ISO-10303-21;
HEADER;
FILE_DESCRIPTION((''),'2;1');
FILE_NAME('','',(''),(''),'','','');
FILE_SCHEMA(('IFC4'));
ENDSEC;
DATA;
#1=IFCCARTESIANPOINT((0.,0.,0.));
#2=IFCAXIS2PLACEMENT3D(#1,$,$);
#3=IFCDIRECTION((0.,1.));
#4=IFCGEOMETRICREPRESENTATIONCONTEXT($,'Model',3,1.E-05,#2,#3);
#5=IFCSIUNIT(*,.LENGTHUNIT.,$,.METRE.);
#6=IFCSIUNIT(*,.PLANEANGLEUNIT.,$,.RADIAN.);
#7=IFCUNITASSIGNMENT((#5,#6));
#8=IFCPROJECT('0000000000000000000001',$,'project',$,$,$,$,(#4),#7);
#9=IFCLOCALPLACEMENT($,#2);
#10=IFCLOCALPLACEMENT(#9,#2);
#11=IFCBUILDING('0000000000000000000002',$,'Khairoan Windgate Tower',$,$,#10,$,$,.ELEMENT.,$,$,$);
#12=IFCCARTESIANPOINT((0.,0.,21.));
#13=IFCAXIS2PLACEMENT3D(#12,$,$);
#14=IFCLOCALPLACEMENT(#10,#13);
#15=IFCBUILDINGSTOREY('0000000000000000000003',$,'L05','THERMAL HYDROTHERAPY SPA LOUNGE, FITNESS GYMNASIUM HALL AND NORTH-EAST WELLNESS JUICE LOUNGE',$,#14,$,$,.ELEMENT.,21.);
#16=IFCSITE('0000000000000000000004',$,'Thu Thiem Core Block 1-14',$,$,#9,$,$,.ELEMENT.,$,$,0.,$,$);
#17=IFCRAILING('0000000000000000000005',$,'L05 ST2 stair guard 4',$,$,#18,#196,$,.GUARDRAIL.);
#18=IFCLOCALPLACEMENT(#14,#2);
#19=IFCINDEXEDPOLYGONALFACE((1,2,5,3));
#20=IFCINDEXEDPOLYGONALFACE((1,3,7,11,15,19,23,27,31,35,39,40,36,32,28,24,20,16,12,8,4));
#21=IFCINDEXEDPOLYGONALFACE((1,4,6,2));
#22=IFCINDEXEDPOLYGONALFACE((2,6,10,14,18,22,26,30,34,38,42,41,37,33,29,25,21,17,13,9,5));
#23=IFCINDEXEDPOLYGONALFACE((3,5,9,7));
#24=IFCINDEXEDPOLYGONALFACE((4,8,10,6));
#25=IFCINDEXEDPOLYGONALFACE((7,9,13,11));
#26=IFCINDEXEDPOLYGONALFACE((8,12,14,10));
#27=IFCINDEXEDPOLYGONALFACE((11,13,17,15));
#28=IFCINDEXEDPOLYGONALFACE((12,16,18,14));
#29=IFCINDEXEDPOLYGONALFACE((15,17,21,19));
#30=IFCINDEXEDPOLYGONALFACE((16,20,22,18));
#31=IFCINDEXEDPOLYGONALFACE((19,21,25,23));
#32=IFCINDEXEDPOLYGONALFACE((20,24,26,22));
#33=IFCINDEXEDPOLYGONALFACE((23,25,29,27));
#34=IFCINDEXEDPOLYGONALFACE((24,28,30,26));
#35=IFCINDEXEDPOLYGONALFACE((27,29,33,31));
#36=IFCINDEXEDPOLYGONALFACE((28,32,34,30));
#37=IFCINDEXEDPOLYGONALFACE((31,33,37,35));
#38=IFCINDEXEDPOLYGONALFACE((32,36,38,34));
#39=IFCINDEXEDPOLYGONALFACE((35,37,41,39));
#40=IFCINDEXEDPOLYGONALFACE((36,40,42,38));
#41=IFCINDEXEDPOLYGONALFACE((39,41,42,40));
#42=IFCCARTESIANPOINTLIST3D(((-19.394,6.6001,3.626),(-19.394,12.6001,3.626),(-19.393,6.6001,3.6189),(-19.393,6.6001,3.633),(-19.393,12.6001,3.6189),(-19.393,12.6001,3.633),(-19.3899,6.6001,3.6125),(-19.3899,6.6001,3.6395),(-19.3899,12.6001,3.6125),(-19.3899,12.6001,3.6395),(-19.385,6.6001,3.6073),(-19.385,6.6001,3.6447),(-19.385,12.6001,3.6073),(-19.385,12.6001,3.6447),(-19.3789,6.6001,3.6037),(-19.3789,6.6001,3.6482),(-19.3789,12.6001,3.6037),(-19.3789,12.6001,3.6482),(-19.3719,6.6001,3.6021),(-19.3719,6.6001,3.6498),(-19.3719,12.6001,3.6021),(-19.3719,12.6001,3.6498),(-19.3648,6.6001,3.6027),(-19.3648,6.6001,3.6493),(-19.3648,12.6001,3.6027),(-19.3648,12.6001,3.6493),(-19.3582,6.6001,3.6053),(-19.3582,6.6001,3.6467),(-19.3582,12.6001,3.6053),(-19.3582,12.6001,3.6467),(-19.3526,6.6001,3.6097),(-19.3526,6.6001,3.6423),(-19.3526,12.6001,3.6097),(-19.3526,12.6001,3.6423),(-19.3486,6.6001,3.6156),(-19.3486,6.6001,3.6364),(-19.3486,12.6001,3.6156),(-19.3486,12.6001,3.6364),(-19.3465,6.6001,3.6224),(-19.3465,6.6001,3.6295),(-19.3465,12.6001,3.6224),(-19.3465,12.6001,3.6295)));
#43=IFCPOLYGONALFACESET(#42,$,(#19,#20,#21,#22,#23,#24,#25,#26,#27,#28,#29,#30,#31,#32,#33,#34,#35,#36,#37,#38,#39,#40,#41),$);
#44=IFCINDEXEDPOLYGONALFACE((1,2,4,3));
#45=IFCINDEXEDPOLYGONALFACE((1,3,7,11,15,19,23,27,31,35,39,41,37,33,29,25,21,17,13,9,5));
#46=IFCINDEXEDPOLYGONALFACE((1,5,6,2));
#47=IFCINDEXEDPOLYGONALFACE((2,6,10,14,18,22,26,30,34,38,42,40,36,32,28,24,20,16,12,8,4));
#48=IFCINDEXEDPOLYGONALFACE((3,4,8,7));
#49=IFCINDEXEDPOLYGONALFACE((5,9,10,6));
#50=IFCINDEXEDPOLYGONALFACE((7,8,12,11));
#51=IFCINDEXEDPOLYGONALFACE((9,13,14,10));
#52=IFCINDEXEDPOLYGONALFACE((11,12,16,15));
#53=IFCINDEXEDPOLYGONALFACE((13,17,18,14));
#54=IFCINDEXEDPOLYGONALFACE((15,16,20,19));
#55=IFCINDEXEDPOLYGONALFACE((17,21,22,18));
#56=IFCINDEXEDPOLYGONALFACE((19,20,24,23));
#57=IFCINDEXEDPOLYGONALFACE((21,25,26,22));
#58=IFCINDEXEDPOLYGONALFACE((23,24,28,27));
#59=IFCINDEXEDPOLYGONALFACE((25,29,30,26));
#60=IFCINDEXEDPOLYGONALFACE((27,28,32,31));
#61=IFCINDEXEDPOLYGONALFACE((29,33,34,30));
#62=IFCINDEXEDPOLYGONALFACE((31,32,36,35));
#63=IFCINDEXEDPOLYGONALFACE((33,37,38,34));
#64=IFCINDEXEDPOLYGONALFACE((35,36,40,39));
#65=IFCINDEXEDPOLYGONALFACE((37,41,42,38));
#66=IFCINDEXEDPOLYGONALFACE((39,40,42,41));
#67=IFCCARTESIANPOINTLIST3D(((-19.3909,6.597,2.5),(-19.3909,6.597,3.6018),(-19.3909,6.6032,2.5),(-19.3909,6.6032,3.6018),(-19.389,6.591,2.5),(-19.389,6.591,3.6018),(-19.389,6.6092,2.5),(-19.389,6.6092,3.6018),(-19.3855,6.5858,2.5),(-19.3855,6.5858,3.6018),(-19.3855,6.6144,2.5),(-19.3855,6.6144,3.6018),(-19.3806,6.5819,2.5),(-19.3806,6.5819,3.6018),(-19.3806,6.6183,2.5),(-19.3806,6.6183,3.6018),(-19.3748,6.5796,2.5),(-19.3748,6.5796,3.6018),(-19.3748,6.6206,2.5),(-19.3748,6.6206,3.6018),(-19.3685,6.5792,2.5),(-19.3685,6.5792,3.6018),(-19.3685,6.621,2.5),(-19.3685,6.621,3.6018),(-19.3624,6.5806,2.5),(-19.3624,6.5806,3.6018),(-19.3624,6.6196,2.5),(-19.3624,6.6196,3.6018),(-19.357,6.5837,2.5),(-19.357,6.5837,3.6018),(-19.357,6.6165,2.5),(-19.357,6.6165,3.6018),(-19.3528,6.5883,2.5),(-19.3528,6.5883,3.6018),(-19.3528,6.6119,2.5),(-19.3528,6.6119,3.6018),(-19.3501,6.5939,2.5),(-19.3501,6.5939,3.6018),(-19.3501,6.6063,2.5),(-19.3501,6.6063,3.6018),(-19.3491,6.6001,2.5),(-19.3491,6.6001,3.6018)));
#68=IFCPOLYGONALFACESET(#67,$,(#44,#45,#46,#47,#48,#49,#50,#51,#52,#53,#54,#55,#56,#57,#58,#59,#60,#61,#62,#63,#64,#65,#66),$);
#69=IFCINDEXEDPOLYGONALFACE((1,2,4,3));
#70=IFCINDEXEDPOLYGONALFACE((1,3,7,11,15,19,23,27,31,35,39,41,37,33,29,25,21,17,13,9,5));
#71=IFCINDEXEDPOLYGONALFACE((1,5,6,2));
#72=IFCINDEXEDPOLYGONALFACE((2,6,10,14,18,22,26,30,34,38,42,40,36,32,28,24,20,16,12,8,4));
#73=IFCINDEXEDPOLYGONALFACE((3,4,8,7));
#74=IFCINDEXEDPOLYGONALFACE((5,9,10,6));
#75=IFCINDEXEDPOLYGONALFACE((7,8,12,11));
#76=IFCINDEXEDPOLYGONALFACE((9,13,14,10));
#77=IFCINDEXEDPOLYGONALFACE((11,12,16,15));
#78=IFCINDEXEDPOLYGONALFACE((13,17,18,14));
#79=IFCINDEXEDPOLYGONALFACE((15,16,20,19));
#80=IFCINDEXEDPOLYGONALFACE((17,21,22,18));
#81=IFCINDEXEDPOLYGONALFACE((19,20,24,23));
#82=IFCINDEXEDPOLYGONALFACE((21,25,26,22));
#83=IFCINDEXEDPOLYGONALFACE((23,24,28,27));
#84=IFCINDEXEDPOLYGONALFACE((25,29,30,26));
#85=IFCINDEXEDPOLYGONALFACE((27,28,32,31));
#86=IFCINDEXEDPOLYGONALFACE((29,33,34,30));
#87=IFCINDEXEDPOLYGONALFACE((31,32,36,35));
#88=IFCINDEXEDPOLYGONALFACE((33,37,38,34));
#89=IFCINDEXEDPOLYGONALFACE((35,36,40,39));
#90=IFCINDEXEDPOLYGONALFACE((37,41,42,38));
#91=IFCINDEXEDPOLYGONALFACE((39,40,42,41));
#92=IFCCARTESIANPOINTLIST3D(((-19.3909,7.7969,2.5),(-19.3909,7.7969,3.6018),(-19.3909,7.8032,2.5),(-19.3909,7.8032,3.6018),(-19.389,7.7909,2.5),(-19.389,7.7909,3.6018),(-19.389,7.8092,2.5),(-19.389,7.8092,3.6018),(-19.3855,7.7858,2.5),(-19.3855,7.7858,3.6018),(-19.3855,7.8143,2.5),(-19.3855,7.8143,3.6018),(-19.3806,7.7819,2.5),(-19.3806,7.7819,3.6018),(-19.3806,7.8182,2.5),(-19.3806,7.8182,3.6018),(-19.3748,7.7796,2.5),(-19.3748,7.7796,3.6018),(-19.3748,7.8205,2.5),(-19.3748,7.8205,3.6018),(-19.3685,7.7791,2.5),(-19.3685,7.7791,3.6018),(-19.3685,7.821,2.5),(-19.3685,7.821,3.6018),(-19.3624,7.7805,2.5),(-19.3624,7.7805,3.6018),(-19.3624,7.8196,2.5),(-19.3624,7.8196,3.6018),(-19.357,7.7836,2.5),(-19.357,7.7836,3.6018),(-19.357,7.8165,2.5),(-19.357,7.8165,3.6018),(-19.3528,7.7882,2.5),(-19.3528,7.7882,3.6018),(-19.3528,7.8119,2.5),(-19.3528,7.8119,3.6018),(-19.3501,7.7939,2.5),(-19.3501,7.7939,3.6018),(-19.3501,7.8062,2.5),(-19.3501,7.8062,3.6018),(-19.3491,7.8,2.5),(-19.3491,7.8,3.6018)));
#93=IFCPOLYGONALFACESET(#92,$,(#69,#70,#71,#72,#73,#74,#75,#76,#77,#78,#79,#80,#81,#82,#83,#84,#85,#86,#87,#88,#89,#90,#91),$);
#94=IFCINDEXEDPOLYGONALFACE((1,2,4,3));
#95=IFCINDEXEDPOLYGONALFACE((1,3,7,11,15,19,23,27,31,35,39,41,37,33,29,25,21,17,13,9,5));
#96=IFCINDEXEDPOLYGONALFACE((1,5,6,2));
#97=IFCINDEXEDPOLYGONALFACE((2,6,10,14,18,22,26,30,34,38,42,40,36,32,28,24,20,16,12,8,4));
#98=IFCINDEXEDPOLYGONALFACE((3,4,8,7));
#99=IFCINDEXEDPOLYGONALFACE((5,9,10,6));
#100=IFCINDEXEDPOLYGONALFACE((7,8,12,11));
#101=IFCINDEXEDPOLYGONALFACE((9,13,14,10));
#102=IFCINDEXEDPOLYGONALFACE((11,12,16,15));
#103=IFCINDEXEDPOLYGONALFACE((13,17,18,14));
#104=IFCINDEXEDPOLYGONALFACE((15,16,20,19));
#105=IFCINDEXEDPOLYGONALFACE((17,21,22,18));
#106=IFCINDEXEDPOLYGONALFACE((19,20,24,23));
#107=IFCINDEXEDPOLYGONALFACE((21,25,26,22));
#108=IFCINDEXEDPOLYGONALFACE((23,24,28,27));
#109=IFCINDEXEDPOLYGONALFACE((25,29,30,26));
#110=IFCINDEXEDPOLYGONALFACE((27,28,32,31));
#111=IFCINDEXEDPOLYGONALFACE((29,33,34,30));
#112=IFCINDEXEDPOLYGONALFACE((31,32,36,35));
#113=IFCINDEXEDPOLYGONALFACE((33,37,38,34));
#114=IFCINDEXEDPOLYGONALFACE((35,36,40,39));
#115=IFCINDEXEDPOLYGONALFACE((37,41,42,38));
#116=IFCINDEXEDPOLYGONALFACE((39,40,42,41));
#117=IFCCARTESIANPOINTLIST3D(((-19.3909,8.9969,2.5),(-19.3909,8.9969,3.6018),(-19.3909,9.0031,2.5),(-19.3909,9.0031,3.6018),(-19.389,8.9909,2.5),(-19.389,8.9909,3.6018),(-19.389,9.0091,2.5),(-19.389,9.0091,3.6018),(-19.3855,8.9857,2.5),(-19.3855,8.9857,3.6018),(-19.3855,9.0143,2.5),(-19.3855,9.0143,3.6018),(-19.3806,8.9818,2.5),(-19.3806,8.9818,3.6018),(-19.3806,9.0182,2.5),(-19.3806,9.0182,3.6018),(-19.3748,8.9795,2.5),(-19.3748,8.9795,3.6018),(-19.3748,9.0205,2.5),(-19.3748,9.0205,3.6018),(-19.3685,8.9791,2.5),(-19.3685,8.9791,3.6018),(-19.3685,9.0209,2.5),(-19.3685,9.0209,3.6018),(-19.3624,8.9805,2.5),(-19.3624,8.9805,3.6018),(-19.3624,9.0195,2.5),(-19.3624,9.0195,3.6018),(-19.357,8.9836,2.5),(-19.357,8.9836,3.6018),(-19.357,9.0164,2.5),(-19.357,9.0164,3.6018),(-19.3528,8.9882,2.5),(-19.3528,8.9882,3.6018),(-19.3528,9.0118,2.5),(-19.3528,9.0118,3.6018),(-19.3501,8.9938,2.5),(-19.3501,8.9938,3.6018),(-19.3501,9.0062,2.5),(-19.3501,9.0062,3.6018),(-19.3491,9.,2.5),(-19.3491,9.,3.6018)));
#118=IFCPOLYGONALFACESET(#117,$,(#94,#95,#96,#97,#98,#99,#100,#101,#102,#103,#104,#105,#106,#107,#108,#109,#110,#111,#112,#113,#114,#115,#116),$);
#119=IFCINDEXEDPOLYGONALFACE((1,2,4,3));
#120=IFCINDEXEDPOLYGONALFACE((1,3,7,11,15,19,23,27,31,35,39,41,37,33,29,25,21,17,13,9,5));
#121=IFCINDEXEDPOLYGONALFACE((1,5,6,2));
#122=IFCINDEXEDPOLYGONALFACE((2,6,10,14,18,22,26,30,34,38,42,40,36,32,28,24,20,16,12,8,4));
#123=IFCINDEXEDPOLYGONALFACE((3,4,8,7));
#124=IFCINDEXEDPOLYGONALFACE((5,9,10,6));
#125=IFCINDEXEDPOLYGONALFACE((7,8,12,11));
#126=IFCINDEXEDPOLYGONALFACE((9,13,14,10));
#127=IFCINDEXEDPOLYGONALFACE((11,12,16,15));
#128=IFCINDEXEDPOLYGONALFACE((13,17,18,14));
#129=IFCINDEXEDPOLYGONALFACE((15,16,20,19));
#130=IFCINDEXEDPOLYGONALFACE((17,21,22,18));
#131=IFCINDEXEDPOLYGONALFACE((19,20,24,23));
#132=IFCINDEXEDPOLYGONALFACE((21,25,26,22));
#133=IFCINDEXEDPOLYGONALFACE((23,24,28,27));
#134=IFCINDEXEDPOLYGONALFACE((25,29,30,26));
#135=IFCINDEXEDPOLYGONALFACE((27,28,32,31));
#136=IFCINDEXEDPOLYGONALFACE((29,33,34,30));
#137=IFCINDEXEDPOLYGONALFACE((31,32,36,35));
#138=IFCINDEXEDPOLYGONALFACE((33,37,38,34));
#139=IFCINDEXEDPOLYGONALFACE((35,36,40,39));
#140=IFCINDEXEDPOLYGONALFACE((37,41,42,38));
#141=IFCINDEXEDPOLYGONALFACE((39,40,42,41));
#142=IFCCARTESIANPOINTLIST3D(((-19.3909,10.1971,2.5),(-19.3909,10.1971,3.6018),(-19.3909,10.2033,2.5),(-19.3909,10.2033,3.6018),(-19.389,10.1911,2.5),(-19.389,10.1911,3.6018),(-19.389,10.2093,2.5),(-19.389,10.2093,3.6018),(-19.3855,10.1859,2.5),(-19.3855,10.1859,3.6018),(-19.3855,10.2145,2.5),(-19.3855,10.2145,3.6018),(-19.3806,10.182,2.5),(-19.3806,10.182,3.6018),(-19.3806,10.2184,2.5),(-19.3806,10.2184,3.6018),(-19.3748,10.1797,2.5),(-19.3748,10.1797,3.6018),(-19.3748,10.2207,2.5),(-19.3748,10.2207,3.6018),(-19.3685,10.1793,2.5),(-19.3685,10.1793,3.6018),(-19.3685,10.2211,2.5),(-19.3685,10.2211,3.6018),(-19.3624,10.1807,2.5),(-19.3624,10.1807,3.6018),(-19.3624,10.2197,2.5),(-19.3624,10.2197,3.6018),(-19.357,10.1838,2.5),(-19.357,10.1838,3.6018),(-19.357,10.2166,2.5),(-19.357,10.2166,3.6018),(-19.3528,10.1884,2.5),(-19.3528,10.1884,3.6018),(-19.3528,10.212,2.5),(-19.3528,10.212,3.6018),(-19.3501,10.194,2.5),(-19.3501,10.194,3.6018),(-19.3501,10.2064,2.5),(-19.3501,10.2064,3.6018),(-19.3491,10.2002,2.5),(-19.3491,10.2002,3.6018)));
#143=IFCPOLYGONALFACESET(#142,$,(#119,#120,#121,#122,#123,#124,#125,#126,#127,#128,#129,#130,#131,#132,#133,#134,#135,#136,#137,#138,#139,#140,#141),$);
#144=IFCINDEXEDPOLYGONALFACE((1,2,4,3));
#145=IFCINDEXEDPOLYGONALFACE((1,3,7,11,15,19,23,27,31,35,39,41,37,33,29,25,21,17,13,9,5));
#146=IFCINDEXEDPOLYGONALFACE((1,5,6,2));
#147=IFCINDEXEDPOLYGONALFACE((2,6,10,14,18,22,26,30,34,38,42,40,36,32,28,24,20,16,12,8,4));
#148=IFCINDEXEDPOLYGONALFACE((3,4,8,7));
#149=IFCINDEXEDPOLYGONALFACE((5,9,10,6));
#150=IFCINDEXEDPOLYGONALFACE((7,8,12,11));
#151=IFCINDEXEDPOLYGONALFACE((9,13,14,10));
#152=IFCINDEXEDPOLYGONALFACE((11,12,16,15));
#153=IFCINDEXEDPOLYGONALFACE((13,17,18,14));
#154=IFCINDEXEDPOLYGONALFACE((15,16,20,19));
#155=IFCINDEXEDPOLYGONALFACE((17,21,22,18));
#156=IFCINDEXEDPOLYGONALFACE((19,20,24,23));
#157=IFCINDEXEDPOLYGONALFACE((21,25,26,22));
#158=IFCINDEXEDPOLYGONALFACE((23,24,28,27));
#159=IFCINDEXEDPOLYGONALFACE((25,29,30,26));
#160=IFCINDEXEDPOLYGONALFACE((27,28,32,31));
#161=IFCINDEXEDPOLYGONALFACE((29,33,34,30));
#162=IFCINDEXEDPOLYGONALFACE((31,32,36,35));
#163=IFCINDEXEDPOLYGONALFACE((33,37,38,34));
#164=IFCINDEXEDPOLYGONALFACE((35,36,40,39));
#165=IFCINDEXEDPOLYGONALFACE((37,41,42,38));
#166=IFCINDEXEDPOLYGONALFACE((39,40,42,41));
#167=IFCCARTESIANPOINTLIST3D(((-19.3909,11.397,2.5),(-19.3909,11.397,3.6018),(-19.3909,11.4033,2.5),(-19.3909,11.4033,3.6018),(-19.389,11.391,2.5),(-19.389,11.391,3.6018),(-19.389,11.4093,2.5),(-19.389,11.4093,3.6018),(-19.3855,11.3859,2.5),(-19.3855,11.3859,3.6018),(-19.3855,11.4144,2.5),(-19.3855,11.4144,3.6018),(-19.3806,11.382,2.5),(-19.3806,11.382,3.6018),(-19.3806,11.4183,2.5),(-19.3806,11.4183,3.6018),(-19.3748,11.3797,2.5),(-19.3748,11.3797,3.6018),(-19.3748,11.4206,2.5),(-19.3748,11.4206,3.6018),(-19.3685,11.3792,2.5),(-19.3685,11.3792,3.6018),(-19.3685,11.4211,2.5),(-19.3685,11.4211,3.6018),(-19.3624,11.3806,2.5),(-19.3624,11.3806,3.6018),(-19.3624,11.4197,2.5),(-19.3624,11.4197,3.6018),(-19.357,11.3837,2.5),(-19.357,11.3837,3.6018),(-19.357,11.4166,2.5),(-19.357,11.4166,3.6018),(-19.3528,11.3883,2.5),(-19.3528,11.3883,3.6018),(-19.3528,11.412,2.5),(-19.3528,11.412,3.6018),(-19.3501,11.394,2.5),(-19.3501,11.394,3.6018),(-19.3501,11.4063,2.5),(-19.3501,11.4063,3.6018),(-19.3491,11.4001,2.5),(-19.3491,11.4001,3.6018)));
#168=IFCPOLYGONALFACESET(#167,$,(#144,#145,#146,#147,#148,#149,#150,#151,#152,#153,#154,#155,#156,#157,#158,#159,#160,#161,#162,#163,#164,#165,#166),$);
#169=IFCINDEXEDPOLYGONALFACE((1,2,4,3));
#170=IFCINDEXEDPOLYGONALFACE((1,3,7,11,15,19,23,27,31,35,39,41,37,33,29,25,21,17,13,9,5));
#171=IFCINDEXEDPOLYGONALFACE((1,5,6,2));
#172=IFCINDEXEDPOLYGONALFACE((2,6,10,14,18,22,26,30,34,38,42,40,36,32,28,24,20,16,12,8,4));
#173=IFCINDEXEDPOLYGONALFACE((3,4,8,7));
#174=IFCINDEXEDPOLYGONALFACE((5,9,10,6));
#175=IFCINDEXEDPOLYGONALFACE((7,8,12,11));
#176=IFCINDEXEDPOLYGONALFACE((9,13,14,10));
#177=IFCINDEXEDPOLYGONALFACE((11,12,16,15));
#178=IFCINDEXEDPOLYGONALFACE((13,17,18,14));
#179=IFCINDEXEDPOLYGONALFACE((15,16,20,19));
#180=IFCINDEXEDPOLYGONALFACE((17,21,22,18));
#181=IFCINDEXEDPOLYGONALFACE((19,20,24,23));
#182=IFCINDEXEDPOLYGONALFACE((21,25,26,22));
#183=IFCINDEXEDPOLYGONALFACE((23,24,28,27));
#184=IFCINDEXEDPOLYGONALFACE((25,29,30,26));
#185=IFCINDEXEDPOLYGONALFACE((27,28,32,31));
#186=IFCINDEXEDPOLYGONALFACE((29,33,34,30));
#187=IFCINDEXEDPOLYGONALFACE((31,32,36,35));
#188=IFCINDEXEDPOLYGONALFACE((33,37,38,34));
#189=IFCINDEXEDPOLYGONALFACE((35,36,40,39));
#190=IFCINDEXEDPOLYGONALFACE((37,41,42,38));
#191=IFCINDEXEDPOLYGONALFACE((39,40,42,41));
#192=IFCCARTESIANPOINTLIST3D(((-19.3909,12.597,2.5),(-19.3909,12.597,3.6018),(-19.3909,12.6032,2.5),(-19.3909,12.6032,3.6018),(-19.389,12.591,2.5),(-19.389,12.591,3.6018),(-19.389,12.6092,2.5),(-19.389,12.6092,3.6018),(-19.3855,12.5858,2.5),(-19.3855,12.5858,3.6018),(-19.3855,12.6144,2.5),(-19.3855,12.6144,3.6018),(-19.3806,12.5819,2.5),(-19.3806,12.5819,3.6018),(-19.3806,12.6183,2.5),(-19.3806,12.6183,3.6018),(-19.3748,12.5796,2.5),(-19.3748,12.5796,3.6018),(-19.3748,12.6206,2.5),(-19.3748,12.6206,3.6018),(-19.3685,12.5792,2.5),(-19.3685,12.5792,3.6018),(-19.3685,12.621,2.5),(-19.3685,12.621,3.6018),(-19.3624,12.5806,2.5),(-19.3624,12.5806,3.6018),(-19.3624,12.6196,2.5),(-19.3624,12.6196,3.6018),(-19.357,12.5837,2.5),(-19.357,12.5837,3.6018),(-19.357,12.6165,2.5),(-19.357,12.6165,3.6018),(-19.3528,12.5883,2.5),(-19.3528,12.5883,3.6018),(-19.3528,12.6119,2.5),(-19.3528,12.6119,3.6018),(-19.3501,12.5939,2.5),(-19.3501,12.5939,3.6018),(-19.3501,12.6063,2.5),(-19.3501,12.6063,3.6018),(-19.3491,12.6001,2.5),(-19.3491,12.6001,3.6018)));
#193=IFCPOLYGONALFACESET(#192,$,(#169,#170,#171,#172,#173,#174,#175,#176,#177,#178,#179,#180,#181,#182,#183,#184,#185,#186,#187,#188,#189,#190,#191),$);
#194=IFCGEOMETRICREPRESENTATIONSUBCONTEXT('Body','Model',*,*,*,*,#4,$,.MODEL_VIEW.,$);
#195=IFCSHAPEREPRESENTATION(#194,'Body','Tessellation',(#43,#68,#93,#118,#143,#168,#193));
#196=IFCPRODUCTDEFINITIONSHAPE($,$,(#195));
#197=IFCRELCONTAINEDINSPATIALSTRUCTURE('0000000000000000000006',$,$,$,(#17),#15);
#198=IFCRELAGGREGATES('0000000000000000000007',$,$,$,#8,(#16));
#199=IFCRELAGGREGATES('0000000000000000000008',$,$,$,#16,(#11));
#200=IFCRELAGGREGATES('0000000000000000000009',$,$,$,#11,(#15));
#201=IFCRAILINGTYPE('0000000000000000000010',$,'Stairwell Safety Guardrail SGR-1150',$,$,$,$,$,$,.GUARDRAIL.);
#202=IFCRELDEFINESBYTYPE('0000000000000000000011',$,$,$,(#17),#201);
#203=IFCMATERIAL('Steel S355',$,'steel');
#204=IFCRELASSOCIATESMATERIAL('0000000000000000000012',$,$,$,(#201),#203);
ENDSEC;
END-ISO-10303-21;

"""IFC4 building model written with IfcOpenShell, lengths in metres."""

from ifc_helpers import new_model, si_unit, direction, frame, origin, origin_2d, place, context, subcontext, project, spatial, circle, extrude, material, type_object, element, save


model = new_model("IFC4")

# Units and contexts
model_context = context("Model", 3, precision=1e-05, world=origin(), true_north=direction((0.0, 1.0)))
body_context = subcontext(model_context, "Body", "Model", "MODEL_VIEW")
ifc_project = project(units=[si_unit("LENGTHUNIT", "METRE"), si_unit("PLANEANGLEUNIT", "RADIAN")], contexts=[model_context])

# Site, building, storey
site_placement = place(None, origin())
site = spatial("IfcSite", under=ifc_project, at=site_placement, Name="Thu Thiem Core Block 1-14", CompositionType="ELEMENT", RefElevation=0.0)
building_placement = place(site_placement, origin())
building = spatial("IfcBuilding", under=site, at=building_placement, Name="Khairoan Windgate Tower", CompositionType="ELEMENT")
storey_placement = place(building_placement, frame((0.0, 0.0, 21.0)))
storey = spatial("IfcBuildingStorey", under=building, at=storey_placement, Name="L05", Description="THERMAL HYDROTHERAPY SPA LOUNGE, FITNESS GYMNASIUM HALL AND NORTH-EAST WELLNESS JUICE LOUNGE", CompositionType="ELEMENT", Elevation=21.0)

# Railing
ifc_material_1 = material(Name="Steel S355", Category="steel")
railing_type_1 = type_object("IfcRailingType", Name="Stairwell Safety Guardrail SGR-1150", PredefinedType="GUARDRAIL", material=ifc_material_1)
railing_1_placement = place(storey_placement, frame((-19.3701, 6.6001, 2.5)))
element("IfcRailing", 1, at=railing_1_placement, inside=storey, type_object=railing_type_1, Name="L05 ST2 stair guard 4", PredefinedType="GUARDRAIL", context=body_context, shape_type="SweptSolid", body=[
    extrude(circle(Radius=0.0239, at=origin_2d()), frame((0.0, 0.0, 1.126), z_axis=(0.0, 1.0, 0.0), x_axis=(-1.0, 0.0, 0.0)), (0.0, 0.0, 1.0), 6.0),
    extrude(circle(Radius=0.021, at=origin_2d()), origin(), (0.0, 0.0, 1.0), 1.1018),
    extrude(circle(Radius=0.021, at=origin_2d()), frame((0.0, 1.2, 0.0)), (0.0, 0.0, 1.0), 1.1018),
    extrude(circle(Radius=0.021, at=origin_2d()), frame((0.0, 2.3999, 0.0)), (0.0, 0.0, 1.0), 1.1018),
    extrude(circle(Radius=0.021, at=origin_2d()), frame((0.0, 3.6001, 0.0)), (0.0, 0.0, 1.0), 1.1018),
    extrude(circle(Radius=0.021, at=origin_2d()), frame((0.0, 4.8, 0.0)), (0.0, 0.0, 1.0), 1.1018),
    extrude(circle(Radius=0.021, at=origin_2d()), frame((0.0, 6.0, 0.0)), (0.0, 0.0, 1.0), 1.1018),
])

save(model, "model.ifc")
